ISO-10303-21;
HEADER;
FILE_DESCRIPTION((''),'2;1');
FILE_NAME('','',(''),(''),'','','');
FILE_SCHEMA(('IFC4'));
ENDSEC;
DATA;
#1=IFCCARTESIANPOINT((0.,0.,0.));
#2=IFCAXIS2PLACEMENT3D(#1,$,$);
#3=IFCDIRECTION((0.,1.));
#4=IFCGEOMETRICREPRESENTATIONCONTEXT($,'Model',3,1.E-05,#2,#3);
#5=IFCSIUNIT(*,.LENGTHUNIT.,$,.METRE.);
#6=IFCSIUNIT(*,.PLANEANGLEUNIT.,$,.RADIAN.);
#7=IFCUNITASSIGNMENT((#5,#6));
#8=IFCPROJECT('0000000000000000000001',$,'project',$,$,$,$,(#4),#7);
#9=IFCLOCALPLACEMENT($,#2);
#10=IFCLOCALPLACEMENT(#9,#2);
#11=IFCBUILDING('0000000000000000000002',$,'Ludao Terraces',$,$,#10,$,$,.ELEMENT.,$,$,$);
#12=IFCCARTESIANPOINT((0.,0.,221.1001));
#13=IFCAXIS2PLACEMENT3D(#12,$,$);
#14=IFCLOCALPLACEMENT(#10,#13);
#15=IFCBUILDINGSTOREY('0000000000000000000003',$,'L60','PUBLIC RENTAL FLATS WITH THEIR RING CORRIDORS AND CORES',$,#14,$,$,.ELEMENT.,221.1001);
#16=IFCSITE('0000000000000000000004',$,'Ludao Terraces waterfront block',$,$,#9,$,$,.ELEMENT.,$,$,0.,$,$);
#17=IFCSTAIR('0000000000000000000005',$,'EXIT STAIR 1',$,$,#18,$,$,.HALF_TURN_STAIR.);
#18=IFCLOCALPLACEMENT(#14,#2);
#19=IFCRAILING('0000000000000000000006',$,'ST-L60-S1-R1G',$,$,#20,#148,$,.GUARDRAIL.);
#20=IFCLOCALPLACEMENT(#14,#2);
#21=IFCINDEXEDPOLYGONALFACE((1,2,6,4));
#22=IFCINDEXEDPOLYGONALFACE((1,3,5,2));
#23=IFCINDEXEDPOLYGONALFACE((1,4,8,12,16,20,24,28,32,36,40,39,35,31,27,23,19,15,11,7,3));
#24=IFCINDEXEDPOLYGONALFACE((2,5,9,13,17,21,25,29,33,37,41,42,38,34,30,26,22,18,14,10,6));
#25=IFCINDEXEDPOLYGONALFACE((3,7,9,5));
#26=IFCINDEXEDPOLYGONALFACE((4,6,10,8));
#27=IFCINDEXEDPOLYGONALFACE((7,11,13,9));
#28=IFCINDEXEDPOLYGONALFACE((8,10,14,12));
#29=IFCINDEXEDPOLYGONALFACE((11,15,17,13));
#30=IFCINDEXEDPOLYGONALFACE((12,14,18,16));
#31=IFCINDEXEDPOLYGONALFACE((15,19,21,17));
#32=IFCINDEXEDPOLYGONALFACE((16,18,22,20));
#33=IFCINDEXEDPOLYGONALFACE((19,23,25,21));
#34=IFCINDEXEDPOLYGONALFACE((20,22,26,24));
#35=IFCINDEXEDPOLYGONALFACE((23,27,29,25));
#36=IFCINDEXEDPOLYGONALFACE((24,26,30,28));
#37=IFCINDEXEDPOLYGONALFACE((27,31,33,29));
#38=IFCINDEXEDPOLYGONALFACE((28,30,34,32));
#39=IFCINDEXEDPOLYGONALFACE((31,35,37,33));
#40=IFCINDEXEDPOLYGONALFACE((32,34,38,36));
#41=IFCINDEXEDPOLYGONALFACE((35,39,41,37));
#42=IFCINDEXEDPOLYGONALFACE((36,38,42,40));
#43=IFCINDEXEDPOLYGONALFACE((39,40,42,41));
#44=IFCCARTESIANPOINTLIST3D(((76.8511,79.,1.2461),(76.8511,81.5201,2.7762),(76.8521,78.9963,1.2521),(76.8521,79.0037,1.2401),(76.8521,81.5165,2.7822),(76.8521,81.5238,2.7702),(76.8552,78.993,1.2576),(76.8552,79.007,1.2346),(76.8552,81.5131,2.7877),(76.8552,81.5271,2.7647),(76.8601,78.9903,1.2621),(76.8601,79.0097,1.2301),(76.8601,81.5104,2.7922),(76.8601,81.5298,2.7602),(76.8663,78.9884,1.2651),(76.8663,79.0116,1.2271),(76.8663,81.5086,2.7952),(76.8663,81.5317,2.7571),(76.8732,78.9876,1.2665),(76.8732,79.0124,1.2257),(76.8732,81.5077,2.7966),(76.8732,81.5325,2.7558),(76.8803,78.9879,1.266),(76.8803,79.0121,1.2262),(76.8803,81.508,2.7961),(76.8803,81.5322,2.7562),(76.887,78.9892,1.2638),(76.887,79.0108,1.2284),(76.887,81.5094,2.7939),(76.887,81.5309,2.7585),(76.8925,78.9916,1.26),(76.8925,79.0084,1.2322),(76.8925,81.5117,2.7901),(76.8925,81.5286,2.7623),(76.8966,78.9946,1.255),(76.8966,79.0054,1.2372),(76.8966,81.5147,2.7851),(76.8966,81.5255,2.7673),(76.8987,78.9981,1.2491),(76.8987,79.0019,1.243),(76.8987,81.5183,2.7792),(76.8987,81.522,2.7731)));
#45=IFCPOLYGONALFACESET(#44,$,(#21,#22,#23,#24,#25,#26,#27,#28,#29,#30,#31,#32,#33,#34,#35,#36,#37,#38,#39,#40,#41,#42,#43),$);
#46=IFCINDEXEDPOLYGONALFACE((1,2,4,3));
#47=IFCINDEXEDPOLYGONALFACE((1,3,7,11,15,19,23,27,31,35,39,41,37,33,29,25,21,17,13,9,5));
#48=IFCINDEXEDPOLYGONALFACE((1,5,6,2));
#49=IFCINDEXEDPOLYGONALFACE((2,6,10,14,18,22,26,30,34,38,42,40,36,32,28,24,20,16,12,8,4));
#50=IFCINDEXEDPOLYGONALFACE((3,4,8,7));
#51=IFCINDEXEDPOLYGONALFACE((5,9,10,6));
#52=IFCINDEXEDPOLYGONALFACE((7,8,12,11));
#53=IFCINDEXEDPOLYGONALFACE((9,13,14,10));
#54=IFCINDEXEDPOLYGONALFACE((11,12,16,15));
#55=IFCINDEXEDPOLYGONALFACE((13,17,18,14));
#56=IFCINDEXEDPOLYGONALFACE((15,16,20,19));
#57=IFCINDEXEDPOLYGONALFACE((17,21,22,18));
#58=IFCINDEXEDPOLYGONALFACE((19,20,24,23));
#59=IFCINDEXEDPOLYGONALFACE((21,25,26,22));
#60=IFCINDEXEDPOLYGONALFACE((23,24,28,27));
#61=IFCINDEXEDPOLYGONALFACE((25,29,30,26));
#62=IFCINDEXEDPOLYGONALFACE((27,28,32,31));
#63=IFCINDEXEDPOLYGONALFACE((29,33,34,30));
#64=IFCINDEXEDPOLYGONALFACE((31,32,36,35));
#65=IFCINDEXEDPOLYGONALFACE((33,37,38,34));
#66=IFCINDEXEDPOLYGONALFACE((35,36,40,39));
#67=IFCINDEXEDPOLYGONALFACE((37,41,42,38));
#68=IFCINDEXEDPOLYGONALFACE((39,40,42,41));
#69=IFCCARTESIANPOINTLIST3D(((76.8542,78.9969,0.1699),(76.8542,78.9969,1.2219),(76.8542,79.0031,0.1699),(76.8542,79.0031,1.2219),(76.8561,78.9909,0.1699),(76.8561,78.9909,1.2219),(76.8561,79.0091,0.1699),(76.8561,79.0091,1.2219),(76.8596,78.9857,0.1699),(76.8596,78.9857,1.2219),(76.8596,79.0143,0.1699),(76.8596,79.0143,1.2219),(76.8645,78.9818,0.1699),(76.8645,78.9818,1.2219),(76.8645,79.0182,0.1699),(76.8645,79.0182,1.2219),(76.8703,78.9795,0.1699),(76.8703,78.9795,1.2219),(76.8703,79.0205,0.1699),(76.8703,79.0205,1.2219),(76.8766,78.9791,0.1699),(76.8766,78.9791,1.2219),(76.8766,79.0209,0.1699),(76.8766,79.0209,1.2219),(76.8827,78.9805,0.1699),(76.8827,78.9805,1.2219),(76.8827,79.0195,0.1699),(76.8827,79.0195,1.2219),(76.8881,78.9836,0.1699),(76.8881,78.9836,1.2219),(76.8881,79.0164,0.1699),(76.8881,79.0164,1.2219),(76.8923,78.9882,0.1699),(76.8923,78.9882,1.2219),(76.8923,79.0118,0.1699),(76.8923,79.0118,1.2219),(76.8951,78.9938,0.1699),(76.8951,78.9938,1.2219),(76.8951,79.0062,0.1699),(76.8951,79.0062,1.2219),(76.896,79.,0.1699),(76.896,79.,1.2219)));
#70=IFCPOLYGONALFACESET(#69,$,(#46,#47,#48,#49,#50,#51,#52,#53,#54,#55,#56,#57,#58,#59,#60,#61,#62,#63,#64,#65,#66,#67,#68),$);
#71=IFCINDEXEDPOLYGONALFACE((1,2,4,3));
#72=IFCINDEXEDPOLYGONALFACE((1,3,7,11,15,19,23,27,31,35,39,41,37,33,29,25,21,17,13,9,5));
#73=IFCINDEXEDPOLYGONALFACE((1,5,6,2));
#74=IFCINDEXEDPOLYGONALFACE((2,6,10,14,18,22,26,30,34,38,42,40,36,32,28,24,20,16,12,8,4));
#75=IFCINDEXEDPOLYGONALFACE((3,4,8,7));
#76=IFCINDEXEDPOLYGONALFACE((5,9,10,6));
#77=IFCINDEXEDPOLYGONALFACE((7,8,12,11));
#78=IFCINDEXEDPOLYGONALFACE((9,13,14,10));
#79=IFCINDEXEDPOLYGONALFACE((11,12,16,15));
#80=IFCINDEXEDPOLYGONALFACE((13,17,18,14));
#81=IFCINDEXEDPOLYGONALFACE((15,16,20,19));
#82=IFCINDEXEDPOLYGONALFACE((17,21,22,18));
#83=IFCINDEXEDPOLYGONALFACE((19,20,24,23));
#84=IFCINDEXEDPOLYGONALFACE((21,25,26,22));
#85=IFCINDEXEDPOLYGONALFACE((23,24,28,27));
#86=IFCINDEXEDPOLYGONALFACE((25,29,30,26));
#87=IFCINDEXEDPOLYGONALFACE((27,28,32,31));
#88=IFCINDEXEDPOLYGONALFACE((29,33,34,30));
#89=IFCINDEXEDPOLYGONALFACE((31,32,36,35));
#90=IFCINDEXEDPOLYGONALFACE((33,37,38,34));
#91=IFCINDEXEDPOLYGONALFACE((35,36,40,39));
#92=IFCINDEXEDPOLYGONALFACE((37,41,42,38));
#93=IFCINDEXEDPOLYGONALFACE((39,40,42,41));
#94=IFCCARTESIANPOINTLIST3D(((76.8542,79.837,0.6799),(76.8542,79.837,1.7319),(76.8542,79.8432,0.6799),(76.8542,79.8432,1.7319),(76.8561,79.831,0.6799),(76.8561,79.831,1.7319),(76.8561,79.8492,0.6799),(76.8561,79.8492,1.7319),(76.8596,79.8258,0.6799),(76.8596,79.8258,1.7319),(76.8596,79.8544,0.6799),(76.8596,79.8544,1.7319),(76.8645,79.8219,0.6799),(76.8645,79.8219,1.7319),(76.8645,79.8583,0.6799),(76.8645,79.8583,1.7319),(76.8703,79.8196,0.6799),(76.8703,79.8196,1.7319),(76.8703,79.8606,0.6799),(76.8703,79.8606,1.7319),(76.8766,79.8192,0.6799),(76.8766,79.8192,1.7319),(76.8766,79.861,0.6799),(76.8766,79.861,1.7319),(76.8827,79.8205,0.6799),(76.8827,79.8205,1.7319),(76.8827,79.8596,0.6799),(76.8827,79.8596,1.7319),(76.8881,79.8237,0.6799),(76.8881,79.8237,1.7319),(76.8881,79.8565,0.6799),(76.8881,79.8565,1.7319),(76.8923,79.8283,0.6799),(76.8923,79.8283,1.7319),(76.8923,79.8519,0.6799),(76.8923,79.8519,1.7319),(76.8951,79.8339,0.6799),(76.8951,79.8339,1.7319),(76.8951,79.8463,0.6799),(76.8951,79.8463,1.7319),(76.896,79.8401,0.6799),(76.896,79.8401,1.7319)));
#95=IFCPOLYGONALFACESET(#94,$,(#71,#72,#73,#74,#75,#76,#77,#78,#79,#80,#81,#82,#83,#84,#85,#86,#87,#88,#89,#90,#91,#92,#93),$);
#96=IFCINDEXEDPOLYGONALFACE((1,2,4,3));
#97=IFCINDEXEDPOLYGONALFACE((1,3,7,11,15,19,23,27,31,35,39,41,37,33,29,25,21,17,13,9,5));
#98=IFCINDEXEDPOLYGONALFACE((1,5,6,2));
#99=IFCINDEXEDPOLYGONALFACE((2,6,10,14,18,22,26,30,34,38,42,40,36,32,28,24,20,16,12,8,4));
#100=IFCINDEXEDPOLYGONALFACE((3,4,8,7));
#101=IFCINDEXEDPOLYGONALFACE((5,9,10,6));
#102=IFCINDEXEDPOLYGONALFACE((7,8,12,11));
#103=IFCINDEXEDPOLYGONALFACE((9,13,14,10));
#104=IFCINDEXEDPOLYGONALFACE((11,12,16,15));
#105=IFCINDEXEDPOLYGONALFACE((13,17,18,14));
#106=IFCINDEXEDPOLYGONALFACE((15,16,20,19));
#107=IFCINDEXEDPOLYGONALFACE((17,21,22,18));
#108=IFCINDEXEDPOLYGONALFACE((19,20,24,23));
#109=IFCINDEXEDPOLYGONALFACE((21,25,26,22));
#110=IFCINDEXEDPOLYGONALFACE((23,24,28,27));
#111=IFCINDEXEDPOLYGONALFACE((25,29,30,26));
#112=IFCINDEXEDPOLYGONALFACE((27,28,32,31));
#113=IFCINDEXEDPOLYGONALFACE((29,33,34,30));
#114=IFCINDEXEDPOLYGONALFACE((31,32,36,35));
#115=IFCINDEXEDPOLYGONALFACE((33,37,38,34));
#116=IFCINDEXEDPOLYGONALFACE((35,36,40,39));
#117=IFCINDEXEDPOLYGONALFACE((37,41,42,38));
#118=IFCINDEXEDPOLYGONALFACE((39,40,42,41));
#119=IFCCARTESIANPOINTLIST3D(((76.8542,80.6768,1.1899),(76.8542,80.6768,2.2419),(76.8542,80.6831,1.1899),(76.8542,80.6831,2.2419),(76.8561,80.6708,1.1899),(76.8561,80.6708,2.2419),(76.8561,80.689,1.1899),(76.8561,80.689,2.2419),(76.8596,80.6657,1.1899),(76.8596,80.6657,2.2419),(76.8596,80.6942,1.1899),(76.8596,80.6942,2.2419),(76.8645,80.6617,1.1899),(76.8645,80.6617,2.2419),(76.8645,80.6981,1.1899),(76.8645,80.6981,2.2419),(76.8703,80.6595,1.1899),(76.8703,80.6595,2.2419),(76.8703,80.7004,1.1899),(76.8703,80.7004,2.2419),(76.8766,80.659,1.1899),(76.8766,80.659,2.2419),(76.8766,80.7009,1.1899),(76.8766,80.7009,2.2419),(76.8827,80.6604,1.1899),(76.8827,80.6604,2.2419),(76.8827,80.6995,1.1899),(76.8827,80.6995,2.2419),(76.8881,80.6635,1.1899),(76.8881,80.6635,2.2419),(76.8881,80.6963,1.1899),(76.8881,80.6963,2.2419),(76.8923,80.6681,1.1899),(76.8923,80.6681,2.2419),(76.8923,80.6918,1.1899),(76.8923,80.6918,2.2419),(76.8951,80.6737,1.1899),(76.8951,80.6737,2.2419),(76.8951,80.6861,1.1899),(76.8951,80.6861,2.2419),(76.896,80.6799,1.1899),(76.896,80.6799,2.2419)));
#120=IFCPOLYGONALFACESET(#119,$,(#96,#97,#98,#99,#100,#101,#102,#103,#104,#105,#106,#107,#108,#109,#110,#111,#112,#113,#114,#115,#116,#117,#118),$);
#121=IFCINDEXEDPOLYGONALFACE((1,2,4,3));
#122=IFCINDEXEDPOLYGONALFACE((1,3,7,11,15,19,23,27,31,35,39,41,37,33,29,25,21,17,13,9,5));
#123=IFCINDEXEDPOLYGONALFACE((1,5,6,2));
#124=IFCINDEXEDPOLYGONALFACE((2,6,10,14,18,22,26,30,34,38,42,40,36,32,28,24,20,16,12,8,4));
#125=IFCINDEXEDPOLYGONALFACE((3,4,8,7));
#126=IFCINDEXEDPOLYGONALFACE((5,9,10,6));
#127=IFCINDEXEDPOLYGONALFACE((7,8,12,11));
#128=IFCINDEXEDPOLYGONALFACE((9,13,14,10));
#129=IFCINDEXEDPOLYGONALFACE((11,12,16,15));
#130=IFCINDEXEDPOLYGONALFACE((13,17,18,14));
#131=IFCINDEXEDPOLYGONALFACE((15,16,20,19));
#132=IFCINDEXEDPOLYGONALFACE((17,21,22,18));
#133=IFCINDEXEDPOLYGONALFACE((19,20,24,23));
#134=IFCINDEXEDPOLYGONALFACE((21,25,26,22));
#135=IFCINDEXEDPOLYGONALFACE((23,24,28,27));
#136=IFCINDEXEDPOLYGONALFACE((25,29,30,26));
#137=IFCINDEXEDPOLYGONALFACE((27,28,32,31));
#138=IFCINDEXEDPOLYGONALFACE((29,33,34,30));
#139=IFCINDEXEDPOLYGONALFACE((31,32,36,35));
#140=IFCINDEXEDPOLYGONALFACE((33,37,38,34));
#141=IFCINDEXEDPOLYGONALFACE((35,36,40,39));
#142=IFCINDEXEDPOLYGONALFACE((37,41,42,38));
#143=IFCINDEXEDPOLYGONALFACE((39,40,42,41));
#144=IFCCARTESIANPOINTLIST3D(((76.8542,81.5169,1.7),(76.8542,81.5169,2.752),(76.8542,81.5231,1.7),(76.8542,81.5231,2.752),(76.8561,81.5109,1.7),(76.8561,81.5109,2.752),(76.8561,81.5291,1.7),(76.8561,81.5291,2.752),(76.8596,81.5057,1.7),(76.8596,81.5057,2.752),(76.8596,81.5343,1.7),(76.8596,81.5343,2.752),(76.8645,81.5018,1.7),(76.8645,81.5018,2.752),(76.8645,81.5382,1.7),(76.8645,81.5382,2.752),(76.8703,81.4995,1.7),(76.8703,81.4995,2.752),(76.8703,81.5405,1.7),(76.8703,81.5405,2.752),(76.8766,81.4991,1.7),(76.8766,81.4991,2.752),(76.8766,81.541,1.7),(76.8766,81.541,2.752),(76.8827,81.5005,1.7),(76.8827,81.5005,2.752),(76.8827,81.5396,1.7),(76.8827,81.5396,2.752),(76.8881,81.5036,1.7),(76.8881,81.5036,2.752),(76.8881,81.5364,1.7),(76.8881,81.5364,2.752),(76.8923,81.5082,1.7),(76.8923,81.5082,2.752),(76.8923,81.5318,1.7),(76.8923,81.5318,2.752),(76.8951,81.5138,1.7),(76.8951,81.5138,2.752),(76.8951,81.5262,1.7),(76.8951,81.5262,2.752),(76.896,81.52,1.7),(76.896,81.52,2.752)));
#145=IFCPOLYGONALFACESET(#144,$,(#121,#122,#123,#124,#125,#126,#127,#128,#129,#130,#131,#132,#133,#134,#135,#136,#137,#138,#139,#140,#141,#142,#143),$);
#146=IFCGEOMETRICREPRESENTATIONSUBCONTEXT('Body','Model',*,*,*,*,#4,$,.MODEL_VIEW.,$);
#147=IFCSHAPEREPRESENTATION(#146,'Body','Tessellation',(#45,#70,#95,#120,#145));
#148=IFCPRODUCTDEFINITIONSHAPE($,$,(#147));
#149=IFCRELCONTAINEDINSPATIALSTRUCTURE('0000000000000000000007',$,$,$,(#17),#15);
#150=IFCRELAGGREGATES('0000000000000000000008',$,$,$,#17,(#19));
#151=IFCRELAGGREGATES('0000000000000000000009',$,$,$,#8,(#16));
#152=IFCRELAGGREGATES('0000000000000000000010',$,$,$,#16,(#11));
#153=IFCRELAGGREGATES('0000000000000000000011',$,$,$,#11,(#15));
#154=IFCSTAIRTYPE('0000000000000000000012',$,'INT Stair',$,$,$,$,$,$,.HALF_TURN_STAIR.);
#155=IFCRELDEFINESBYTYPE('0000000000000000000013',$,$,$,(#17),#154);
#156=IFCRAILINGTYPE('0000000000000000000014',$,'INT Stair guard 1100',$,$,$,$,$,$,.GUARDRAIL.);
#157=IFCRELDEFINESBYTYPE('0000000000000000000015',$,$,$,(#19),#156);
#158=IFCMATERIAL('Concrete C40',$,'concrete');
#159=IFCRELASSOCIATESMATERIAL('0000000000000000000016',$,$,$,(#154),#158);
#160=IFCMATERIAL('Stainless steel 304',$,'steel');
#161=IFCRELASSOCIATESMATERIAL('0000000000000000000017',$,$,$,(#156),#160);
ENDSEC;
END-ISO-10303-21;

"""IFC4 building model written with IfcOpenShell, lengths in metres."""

from ifc_helpers import new_model, si_unit, direction, frame, origin, origin_2d, place, context, subcontext, project, spatial, circle, extrude, material, type_object, element, aggregate, save


model = new_model("IFC4")

# Units and contexts
model_context = context("Model", 3, precision=1e-05, world=origin(), true_north=direction((0.0, 1.0)))
body_context = subcontext(model_context, "Body", "Model", "MODEL_VIEW")
ifc_project = project(units=[si_unit("LENGTHUNIT", "METRE"), si_unit("PLANEANGLEUNIT", "RADIAN")], contexts=[model_context])

# Site, building, storey
site_placement = place(None, origin())
site = spatial("IfcSite", under=ifc_project, at=site_placement, Name="Ludao Terraces waterfront block", CompositionType="ELEMENT", RefElevation=0.0)
building_placement = place(site_placement, origin())
building = spatial("IfcBuilding", under=site, at=building_placement, Name="Ludao Terraces", CompositionType="ELEMENT")
storey_placement = place(building_placement, frame((0.0, 0.0, 221.1001)))
storey = spatial("IfcBuildingStorey", under=building, at=storey_placement, Name="L60", Description="PUBLIC RENTAL FLATS WITH THEIR RING CORRIDORS AND CORES", CompositionType="ELEMENT", Elevation=221.1001)

# Shared definitions
ifc_material_1 = material(Name="Concrete C40", Category="concrete")

# Stair, railing
stair_type = type_object("IfcStairType", Name="INT Stair", PredefinedType="HALF_TURN_STAIR", material=ifc_material_1)
stair_placement = place(storey_placement, origin())
stair = element("IfcStair", 1, at=stair_placement, inside=storey, type_object=stair_type, Name="EXIT STAIR 1", PredefinedType="HALF_TURN_STAIR")
ifc_material_2 = material(Name="Stainless steel 304", Category="steel")
railing_type_1 = type_object("IfcRailingType", Name="INT Stair guard 1100", PredefinedType="GUARDRAIL", material=ifc_material_2)
railing_1_placement = place(storey_placement, frame((76.875, 79.0, 0.1699)))
railing_1 = element("IfcRailing", 2, at=railing_1_placement, type_object=railing_type_1, Name="ST-L60-S1-R1G", PredefinedType="GUARDRAIL", context=body_context, shape_type="SweptSolid", body=[
    extrude(circle(Radius=0.0239, at=origin_2d()), frame((0.0, 0.0, 1.0762), z_axis=(0.0, 0.854785, 0.518982), x_axis=(-1.0, 0.0, 0.0)), (0.0, 0.0, 1.0), 2.9482),
    extrude(circle(Radius=0.021, at=origin_2d()), origin(), (0.0, 0.0, 1.0), 1.052),
    extrude(circle(Radius=0.021, at=origin_2d()), frame((0.0, 0.8401, 0.51)), (0.0, 0.0, 1.0), 1.052),
    extrude(circle(Radius=0.021, at=origin_2d()), frame((0.0, 1.6799, 1.02)), (0.0, 0.0, 1.0), 1.052),
    extrude(circle(Radius=0.021, at=origin_2d()), frame((0.0, 2.52, 1.53)), (0.0, 0.0, 1.0), 1.052),
])
aggregate(stair, [railing_1])

save(model, "model.ifc")
